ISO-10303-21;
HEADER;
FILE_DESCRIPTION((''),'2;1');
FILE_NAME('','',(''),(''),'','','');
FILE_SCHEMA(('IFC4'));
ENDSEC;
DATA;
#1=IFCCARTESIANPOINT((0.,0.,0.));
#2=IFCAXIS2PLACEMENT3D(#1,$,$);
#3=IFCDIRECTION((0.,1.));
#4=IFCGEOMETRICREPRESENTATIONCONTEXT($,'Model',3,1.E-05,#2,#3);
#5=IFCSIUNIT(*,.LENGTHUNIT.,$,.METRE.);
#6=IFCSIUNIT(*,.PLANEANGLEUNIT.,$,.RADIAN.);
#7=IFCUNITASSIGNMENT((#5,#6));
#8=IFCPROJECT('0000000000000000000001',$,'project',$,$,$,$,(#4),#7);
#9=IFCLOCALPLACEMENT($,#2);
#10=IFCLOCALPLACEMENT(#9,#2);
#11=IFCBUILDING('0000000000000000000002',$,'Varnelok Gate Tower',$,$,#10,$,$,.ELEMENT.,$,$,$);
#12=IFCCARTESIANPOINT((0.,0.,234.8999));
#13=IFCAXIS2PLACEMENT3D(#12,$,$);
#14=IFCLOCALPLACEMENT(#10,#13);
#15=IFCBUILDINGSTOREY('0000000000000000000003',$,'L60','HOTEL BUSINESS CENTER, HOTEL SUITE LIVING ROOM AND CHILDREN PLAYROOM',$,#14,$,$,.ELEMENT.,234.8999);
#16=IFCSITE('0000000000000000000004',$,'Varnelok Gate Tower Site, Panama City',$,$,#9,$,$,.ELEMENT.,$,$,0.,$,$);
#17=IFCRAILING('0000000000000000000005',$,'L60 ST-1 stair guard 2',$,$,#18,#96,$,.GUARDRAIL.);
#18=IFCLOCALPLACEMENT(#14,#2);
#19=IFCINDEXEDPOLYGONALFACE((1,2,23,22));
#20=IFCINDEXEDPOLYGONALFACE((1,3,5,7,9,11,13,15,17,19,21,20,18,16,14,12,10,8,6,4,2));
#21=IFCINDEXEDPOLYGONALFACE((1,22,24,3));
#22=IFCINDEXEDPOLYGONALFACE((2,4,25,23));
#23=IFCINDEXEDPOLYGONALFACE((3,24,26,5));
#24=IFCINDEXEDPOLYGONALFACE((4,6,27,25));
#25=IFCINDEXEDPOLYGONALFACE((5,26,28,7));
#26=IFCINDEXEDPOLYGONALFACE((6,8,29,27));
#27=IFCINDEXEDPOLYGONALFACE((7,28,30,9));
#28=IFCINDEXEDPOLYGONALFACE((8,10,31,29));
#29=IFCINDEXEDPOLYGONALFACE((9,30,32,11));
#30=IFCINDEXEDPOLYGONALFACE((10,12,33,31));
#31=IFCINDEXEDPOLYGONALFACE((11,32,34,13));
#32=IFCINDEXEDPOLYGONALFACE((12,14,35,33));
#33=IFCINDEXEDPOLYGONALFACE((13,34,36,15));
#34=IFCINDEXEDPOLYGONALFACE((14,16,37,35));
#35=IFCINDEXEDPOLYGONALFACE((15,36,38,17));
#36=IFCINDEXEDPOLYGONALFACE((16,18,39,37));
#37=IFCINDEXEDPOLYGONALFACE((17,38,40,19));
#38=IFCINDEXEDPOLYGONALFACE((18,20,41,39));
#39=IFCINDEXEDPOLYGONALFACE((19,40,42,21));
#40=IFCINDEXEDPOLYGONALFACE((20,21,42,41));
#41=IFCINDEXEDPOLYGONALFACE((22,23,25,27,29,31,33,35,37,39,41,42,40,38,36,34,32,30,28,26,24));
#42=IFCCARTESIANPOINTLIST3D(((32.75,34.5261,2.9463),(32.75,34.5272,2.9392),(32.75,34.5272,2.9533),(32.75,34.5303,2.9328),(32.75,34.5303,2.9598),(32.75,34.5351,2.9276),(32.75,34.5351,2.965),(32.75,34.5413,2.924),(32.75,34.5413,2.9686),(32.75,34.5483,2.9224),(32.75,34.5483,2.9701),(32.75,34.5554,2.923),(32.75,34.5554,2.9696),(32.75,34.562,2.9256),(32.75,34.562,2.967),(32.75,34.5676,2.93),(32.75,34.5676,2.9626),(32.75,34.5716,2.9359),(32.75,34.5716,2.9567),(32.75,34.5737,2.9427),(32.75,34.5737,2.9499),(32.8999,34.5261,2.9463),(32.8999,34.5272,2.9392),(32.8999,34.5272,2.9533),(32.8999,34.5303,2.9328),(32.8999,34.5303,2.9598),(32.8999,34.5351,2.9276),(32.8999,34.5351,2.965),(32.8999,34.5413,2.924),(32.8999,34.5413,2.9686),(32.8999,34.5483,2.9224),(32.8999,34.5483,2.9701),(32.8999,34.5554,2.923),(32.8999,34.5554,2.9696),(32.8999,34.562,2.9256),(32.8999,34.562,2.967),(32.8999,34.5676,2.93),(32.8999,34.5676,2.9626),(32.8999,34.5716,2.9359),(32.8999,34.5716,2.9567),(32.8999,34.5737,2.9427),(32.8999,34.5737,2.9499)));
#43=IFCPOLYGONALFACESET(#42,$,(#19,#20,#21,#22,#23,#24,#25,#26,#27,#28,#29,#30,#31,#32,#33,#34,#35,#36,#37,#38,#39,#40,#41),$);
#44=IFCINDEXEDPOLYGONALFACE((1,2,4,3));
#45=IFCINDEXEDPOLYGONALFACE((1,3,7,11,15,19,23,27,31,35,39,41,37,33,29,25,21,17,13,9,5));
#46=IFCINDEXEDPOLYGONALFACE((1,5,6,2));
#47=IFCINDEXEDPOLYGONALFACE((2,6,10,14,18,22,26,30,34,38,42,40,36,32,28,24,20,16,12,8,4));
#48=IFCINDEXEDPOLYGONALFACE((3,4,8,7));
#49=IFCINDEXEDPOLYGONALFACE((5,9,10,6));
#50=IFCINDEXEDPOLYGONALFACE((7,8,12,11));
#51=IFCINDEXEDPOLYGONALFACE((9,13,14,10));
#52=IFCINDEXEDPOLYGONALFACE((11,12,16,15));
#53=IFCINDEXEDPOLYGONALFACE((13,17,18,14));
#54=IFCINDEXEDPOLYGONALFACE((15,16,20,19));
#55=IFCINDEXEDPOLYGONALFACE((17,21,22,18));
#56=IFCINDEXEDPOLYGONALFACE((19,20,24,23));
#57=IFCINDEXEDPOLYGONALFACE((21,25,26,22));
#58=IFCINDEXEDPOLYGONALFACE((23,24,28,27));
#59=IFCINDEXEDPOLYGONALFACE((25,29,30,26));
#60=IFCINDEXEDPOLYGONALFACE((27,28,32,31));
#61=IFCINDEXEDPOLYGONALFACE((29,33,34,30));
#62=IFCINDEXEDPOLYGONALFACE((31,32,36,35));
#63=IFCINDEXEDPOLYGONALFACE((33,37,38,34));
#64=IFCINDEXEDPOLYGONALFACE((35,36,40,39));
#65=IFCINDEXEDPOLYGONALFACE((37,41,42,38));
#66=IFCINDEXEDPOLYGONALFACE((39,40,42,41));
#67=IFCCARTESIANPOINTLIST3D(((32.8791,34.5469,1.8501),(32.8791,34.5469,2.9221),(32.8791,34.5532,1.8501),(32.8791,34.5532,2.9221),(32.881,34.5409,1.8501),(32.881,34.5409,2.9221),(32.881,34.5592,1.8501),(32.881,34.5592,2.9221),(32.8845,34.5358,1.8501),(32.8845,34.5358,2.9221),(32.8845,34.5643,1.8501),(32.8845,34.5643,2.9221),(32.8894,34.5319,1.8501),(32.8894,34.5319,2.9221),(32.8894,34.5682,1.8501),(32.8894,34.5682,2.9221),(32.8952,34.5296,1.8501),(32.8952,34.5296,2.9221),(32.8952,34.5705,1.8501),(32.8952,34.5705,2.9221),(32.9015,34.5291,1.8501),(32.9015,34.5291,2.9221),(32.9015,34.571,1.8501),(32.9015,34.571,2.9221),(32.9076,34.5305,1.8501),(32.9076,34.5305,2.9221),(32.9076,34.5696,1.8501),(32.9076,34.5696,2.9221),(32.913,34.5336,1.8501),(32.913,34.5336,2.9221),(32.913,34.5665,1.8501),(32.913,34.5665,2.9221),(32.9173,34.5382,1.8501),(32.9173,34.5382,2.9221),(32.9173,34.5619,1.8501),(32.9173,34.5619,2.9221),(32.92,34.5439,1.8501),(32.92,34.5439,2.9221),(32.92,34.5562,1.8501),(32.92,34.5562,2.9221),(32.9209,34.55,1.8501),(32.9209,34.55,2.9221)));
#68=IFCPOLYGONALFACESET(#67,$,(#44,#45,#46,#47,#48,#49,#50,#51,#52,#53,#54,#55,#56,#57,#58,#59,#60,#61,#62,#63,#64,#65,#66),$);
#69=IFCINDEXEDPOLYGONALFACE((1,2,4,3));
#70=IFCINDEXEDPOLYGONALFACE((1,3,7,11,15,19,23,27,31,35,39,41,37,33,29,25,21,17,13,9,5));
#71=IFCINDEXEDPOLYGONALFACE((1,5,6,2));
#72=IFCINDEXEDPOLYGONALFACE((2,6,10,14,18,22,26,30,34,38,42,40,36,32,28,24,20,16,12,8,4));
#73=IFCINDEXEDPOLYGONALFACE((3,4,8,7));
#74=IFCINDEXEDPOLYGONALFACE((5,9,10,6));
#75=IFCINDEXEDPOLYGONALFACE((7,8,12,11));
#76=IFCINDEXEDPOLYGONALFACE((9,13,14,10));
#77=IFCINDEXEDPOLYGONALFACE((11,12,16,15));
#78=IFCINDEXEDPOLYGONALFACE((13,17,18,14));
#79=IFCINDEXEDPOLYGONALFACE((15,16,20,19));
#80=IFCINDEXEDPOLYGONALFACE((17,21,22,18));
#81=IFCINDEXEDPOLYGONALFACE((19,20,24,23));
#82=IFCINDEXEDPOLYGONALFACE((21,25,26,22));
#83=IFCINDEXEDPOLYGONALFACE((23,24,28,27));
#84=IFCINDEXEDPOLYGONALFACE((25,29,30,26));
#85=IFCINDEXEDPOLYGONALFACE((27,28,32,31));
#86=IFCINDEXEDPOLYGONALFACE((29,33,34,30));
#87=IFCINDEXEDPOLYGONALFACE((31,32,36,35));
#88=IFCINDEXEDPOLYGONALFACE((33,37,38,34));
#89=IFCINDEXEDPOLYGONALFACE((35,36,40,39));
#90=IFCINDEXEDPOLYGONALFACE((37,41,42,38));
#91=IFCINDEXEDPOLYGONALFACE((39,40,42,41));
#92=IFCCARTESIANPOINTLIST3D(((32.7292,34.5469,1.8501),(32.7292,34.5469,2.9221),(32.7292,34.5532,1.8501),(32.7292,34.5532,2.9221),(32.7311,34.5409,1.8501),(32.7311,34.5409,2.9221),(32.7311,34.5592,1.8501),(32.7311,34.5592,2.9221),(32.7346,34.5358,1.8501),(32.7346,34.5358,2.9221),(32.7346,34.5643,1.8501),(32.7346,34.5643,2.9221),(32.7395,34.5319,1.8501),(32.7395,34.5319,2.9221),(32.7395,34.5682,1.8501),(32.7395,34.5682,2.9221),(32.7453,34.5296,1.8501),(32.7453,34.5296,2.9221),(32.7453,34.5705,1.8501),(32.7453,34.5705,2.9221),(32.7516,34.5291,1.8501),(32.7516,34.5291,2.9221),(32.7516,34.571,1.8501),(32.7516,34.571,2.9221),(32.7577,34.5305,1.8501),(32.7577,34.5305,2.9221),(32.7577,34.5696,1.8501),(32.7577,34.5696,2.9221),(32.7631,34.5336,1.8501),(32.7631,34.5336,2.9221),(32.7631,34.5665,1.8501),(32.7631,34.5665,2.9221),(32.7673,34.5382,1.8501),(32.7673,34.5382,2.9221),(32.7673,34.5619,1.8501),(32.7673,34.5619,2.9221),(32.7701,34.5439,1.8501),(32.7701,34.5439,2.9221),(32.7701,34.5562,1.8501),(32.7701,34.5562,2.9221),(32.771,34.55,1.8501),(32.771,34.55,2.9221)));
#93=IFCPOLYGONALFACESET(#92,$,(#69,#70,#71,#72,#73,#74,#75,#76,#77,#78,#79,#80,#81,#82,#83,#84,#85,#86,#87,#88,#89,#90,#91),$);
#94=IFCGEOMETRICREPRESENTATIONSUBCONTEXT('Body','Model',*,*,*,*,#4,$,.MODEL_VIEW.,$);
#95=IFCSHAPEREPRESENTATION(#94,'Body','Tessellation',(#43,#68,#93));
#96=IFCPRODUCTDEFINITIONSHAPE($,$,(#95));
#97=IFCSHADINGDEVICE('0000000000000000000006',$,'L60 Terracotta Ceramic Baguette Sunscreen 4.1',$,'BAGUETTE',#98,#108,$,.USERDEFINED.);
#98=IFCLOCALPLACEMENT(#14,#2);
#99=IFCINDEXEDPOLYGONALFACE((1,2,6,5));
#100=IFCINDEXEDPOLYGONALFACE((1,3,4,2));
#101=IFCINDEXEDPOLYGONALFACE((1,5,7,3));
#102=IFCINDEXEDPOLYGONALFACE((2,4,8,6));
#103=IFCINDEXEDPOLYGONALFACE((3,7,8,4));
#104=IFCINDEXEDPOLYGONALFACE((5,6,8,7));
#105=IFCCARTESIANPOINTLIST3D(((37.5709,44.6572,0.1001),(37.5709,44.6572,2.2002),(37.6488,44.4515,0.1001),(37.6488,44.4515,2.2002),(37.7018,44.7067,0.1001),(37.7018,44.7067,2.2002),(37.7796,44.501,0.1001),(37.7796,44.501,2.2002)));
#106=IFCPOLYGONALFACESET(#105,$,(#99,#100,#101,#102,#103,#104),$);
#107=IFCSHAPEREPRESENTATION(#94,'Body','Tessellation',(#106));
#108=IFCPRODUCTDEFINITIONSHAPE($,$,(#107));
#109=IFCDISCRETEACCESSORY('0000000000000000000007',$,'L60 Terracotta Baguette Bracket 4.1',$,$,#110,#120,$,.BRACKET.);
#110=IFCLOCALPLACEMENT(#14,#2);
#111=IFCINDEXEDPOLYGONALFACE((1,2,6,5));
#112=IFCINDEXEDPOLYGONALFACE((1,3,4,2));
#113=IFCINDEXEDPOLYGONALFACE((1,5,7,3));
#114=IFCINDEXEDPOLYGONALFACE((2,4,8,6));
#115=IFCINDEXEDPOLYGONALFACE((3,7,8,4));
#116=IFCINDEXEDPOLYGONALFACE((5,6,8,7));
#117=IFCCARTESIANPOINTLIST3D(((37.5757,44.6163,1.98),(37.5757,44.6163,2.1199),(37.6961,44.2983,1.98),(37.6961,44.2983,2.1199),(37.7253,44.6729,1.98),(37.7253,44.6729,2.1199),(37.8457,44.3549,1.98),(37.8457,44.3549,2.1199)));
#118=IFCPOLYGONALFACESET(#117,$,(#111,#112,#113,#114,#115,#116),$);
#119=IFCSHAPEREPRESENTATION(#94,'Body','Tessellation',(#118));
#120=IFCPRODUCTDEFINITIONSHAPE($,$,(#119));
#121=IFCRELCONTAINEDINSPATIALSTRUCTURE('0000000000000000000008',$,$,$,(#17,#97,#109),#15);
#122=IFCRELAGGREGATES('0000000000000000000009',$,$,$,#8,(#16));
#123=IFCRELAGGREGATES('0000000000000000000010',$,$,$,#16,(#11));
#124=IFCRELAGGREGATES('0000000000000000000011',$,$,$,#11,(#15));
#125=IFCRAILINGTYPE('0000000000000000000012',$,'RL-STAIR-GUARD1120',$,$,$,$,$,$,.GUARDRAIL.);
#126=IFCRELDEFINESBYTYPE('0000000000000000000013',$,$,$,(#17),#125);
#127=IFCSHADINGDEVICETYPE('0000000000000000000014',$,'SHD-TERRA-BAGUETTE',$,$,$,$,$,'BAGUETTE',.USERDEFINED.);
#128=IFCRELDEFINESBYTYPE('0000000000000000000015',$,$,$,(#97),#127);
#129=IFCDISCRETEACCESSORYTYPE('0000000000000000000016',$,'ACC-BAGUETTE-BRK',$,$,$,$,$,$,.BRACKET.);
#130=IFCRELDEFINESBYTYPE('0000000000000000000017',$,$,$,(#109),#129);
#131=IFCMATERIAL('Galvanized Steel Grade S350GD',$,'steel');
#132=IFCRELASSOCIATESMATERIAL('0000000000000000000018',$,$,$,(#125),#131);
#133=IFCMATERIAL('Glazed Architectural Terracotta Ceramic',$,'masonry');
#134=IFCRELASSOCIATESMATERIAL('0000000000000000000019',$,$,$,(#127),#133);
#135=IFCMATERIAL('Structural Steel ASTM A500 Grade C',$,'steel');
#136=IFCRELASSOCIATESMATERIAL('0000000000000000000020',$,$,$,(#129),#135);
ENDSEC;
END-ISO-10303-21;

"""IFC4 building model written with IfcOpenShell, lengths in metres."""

from ifc_helpers import new_model, si_unit, direction, frame, origin, origin_2d, place, context, subcontext, project, spatial, rectangle, circle, extrude, source, transform, mapped, material, type_object, element, save


model = new_model("IFC4")

# Units and contexts
model_context = context("Model", 3, precision=1e-05, world=origin(), true_north=direction((0.0, 1.0)))
body_context = subcontext(model_context, "Body", "Model", "MODEL_VIEW")
ifc_project = project(units=[si_unit("LENGTHUNIT", "METRE"), si_unit("PLANEANGLEUNIT", "RADIAN")], contexts=[model_context])

# Site, building, storey
site_placement = place(None, origin())
site = spatial("IfcSite", under=ifc_project, at=site_placement, Name="Varnelok Gate Tower Site, Panama City", CompositionType="ELEMENT", RefElevation=0.0)
building_placement = place(site_placement, origin())
building = spatial("IfcBuilding", under=site, at=building_placement, Name="Varnelok Gate Tower", CompositionType="ELEMENT")
storey_placement = place(building_placement, frame((0.0, 0.0, 234.8999)))
storey = spatial("IfcBuildingStorey", under=building, at=storey_placement, Name="L60", Description="HOTEL BUSINESS CENTER, HOTEL SUITE LIVING ROOM AND CHILDREN PLAYROOM", CompositionType="ELEMENT", Elevation=234.8999)

# Shared definitions
ifc_material_1 = material(Name="Galvanized Steel Grade S350GD", Category="steel")

# Railing
railing_type_1 = type_object("IfcRailingType", Name="RL-STAIR-GUARD1120", PredefinedType="GUARDRAIL", material=ifc_material_1)
railing_1_placement = place(storey_placement, frame((32.8999, 34.55, 1.8501)))
element("IfcRailing", 1, at=railing_1_placement, inside=storey, type_object=railing_type_1, Name="L60 ST-1 stair guard 2", PredefinedType="GUARDRAIL", context=body_context, shape_type="SweptSolid", body=[
    extrude(circle(Radius=0.0239, at=origin_2d()), frame((0.0, 0.0, 1.0962), z_axis=(-1.0, 0.0, 0.0), x_axis=(0.0, -1.0, 0.0)), (0.0, 0.0, 1.0), 0.1499),
    extrude(circle(Radius=0.021, at=origin_2d()), origin(), (0.0, 0.0, 1.0), 1.072),
    extrude(circle(Radius=0.021, at=origin_2d()), frame((-0.1499, 0.0, 0.0)), (0.0, 0.0, 1.0), 1.072),
])

# Shading device
ifc_material_2 = material(Name="Glazed Architectural Terracotta Ceramic", Category="masonry")
shading_device_type = type_object("IfcShadingDeviceType", Name="SHD-TERRA-BAGUETTE", ElementType="BAGUETTE", PredefinedType="USERDEFINED", material=ifc_material_2)
shared_shape_1 = source(origin(), body_context, "Body", "SweptSolid", [
    extrude(rectangle(XDim=0.1399, YDim=0.22, at=origin_2d()), origin(), (0.0, 0.0, 1.0), 2.1001),
])
shading_device_placement = place(storey_placement, frame((37.6753, 44.5791, 0.1001), z_axis=(0.0, 0.0, 1.0), x_axis=(0.935222, 0.354063, 0.0)))
element("IfcShadingDevice", 2, at=shading_device_placement, inside=storey, type_object=shading_device_type, Name="L60 Terracotta Ceramic Baguette Sunscreen 4.1", ObjectType="BAGUETTE", PredefinedType="USERDEFINED", context=body_context, shape_type="MappedRepresentation", body=[
    mapped(shared_shape_1, transform((0.0, 0.0, 0.0), scale=1.0)),
])

# Discrete accessory
ifc_material_3 = material(Name="Structural Steel ASTM A500 Grade C", Category="steel")
discrete_accessory_type = type_object("IfcDiscreteAccessoryType", Name="ACC-BAGUETTE-BRK", PredefinedType="BRACKET", material=ifc_material_3)
shared_shape_2 = source(origin(), body_context, "Body", "SweptSolid", [
    extrude(rectangle(XDim=0.1599, YDim=0.3401, at=origin_2d()), origin(), (0.0, 0.0, 1.0), 0.1399),
])
discrete_accessory_placement = place(storey_placement, frame((37.7107, 44.4856, 1.98), z_axis=(0.0, 0.0, 1.0), x_axis=(0.935222, 0.354063, 0.0)))
element("IfcDiscreteAccessory", 3, at=discrete_accessory_placement, inside=storey, type_object=discrete_accessory_type, Name="L60 Terracotta Baguette Bracket 4.1", PredefinedType="BRACKET", context=body_context, shape_type="MappedRepresentation", body=[
    mapped(shared_shape_2, transform((0.0, 0.0, 0.0), scale=1.0)),
])

save(model, "model.ifc")
